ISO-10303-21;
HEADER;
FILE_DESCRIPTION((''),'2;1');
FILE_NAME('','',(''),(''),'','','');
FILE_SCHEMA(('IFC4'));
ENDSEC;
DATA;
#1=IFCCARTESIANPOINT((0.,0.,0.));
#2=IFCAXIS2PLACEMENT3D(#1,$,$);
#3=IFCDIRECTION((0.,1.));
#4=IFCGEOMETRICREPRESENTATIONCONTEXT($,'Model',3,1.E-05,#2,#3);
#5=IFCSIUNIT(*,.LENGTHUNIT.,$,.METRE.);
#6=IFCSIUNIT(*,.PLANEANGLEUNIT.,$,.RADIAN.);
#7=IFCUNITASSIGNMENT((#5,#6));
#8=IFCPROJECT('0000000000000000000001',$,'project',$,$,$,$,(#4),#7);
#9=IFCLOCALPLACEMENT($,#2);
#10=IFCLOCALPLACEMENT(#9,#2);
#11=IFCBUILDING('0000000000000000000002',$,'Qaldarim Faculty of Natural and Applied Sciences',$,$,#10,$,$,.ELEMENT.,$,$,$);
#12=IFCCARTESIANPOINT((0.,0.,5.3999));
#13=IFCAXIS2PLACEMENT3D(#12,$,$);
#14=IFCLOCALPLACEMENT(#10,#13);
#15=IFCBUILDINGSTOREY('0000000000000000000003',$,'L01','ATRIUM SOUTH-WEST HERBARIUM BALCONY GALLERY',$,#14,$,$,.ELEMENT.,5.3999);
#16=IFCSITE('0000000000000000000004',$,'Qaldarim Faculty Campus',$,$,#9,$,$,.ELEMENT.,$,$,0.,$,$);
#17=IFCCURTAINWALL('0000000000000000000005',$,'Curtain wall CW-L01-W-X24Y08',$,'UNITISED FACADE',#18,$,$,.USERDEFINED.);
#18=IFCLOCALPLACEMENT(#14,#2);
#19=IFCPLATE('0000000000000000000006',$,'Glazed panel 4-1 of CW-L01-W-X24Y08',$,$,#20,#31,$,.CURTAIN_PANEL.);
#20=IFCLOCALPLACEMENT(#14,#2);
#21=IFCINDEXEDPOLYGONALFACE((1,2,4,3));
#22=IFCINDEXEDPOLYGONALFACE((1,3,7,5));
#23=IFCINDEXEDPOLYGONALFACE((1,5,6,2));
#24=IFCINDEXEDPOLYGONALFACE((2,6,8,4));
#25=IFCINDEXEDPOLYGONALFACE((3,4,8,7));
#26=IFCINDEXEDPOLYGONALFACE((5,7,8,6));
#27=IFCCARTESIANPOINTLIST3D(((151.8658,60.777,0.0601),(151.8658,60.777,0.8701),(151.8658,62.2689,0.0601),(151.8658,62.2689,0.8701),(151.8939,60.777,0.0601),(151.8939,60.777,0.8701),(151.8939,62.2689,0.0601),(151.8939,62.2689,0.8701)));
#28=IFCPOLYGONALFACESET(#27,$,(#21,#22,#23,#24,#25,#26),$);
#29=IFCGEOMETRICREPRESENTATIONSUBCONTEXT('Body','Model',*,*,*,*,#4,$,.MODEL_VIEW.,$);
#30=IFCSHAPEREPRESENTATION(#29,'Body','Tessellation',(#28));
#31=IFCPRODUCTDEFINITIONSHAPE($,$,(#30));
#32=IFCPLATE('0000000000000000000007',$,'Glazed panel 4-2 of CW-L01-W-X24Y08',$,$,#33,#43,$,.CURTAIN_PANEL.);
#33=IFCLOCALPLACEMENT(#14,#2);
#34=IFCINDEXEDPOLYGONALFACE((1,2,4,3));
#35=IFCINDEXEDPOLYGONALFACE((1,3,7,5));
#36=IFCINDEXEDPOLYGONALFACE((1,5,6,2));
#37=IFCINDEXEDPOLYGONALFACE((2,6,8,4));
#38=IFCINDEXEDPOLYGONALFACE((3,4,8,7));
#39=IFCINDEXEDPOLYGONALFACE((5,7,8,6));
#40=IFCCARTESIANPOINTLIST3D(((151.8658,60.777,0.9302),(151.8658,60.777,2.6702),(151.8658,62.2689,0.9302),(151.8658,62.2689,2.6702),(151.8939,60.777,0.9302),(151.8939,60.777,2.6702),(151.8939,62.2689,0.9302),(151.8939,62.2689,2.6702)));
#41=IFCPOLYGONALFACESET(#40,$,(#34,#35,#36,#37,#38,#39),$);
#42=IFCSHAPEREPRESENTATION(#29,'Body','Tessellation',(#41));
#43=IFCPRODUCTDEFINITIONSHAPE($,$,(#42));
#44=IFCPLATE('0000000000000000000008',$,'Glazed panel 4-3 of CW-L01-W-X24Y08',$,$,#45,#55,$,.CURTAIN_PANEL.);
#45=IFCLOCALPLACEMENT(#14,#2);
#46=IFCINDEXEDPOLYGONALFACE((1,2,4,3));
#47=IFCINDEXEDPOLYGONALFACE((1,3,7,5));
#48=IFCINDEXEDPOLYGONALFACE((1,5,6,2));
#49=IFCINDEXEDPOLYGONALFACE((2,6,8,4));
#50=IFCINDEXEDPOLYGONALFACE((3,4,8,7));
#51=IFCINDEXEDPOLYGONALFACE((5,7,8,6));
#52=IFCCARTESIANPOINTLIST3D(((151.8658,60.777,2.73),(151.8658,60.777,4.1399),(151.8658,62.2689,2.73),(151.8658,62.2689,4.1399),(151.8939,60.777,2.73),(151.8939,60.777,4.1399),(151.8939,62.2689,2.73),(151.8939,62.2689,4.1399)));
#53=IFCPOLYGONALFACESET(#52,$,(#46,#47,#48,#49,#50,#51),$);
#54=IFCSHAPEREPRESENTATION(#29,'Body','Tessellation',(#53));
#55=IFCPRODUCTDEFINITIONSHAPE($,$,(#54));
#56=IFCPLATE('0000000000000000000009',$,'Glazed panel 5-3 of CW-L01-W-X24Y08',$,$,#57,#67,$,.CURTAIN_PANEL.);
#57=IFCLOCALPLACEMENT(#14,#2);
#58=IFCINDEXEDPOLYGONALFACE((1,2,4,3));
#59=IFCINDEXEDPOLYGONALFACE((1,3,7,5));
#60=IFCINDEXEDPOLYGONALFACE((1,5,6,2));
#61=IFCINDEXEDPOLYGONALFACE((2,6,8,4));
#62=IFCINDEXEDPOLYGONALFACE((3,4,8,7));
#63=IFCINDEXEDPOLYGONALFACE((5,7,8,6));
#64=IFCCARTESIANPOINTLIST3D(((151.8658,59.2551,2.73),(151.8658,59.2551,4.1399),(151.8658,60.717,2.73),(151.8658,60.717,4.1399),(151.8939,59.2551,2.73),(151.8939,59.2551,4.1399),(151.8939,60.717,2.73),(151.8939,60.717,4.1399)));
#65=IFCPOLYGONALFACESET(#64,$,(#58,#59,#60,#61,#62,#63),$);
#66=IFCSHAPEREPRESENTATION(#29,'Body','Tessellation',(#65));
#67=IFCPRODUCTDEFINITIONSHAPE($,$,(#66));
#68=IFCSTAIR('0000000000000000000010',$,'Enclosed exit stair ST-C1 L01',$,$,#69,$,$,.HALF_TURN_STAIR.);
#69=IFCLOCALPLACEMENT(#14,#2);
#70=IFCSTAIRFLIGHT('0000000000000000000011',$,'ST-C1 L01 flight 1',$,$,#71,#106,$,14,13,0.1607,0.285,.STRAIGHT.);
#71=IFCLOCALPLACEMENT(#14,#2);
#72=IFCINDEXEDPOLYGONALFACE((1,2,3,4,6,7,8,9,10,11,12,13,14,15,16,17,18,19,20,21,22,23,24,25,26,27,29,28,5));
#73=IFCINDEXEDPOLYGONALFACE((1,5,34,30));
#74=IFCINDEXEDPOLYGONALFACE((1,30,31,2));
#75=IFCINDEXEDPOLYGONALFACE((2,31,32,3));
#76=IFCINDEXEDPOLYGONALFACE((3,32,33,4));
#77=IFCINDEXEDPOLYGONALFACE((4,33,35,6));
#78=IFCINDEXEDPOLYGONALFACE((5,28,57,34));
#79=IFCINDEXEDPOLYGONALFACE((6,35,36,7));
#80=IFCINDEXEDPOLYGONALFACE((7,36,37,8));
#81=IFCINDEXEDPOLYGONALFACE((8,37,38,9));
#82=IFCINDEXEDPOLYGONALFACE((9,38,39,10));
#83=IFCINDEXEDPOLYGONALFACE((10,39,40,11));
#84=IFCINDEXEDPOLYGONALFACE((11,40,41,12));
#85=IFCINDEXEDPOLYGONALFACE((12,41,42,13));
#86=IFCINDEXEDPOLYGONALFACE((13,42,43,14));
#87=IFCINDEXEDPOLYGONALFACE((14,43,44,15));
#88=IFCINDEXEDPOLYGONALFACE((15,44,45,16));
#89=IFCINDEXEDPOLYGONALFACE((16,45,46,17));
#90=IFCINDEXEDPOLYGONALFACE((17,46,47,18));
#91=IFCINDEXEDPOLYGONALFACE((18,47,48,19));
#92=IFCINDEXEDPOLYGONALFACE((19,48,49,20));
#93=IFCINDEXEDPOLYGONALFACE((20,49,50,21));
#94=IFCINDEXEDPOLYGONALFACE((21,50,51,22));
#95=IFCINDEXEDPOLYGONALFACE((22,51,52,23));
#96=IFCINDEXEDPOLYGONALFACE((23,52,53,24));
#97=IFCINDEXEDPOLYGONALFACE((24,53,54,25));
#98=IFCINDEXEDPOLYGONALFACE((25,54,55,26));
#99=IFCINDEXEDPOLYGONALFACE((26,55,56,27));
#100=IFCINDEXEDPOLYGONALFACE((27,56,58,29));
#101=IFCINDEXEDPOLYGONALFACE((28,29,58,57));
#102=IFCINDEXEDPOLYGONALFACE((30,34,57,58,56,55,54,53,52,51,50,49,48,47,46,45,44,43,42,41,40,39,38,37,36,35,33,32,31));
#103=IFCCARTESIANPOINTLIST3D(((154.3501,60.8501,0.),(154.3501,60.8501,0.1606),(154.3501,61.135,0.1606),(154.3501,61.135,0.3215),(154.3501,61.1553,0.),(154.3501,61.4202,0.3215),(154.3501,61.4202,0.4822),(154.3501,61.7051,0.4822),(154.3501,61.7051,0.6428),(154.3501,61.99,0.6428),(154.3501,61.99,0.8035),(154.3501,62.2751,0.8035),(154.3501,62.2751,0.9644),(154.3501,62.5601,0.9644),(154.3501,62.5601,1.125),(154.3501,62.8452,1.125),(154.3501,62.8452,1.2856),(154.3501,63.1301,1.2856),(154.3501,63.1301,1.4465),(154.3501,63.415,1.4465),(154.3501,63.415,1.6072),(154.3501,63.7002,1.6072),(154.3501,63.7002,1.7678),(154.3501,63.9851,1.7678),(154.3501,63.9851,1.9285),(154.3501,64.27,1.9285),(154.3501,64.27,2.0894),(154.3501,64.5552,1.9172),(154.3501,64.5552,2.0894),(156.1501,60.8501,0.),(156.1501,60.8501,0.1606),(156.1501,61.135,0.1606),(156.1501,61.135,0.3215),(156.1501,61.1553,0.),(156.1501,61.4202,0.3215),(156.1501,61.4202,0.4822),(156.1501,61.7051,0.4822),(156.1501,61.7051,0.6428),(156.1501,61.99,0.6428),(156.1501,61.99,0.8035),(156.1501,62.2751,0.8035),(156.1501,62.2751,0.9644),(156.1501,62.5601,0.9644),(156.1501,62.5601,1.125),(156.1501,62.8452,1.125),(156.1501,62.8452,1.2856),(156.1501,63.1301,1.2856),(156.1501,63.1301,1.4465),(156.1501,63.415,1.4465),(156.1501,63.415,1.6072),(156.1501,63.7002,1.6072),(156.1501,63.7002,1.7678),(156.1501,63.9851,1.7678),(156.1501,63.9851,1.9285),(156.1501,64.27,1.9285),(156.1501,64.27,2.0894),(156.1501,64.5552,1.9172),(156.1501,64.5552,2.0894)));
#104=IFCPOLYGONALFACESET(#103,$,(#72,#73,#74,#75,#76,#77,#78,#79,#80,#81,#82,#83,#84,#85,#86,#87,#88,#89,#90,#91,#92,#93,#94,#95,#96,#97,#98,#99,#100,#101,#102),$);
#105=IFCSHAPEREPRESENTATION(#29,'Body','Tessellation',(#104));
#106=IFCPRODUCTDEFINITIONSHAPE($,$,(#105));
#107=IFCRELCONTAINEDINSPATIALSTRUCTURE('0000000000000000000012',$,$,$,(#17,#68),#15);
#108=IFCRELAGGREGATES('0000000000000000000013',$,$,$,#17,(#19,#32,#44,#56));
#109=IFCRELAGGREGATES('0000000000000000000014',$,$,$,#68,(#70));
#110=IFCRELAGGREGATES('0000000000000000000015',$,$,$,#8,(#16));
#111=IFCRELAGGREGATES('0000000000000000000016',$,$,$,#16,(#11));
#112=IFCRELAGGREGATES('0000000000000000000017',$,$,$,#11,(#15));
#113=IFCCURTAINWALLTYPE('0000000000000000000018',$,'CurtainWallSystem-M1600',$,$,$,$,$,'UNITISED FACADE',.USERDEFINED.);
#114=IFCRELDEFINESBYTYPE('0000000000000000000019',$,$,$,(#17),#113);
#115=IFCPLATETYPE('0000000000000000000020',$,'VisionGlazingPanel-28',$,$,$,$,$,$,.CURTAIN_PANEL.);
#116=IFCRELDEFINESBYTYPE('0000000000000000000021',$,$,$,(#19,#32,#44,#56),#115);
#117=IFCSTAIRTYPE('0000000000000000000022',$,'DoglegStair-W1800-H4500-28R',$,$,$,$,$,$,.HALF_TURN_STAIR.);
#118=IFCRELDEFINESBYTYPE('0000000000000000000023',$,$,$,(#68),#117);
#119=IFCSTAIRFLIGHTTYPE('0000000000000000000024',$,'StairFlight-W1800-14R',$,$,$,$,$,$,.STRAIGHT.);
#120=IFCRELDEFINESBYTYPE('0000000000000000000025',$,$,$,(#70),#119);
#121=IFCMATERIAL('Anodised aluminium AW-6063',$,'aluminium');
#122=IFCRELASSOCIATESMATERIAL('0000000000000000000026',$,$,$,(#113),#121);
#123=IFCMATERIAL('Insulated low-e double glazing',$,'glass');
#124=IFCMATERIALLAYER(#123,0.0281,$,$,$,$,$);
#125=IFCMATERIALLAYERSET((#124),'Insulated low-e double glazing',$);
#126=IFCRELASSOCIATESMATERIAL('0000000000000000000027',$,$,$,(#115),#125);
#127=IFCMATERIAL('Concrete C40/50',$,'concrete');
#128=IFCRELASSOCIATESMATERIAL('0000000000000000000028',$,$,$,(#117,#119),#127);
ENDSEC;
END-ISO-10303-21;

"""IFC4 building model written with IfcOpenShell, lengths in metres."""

from ifc_helpers import new_model, si_unit, direction, frame, origin, origin_2d, place, context, subcontext, project, spatial, polyline, rectangle, outline, extrude, material, layer, layer_set, type_object, element, aggregate, save


model = new_model("IFC4")

# Units and contexts
model_context = context("Model", 3, precision=1e-05, world=origin(), true_north=direction((0.0, 1.0)))
body_context = subcontext(model_context, "Body", "Model", "MODEL_VIEW")
ifc_project = project(units=[si_unit("LENGTHUNIT", "METRE"), si_unit("PLANEANGLEUNIT", "RADIAN")], contexts=[model_context])

# Site, building, storey
site_placement = place(None, origin())
site = spatial("IfcSite", under=ifc_project, at=site_placement, Name="Qaldarim Faculty Campus", CompositionType="ELEMENT", RefElevation=0.0)
building_placement = place(site_placement, origin())
building = spatial("IfcBuilding", under=site, at=building_placement, Name="Qaldarim Faculty of Natural and Applied Sciences", CompositionType="ELEMENT")
storey_placement = place(building_placement, frame((0.0, 0.0, 5.3999)))
storey = spatial("IfcBuildingStorey", under=building, at=storey_placement, Name="L01", Description="ATRIUM SOUTH-WEST HERBARIUM BALCONY GALLERY", CompositionType="ELEMENT", Elevation=5.3999)

# Shared definitions
ifc_material_1 = material(Name="Concrete C40/50", Category="concrete")

# Curtain wall, plates
ifc_material_2 = material(Name="Anodised aluminium AW-6063", Category="aluminium")
curtain_wall_type = type_object("IfcCurtainWallType", Name="CurtainWallSystem-M1600", ElementType="UNITISED FACADE", PredefinedType="USERDEFINED", material=ifc_material_2)
curtain_wall_placement = place(storey_placement, origin())
curtain_wall = element("IfcCurtainWall", 1, at=curtain_wall_placement, inside=storey, type_object=curtain_wall_type, Name="Curtain wall CW-L01-W-X24Y08", ObjectType="UNITISED FACADE", PredefinedType="USERDEFINED")
ifc_material_3 = material(Name="Insulated low-e double glazing", Category="glass")
ifc_layer_1 = layer(ifc_material_3, 0.0281)
ifc_layer_set_1 = layer_set([ifc_layer_1], Name="Insulated low-e double glazing")
plate_type = type_object("IfcPlateType", Name="VisionGlazingPanel-28", PredefinedType="CURTAIN_PANEL", material=ifc_layer_set_1)
plate_1_placement = place(storey_placement, frame((151.8799, 61.5229, 0.0601), z_axis=(0.0, 0.0, 1.0), x_axis=(0.0, -1.0, 0.0)))
plate_1 = element("IfcPlate", 2, at=plate_1_placement, type_object=plate_type, Name="Glazed panel 4-1 of CW-L01-W-X24Y08", PredefinedType="CURTAIN_PANEL", context=body_context, shape_type="SweptSolid", body=[
    extrude(rectangle(XDim=1.4919, YDim=0.0281, at=origin_2d()), origin(), (0.0, 0.0, 1.0), 0.8101),
])
plate_2_placement = place(storey_placement, frame((151.8799, 61.5229, 0.9302), z_axis=(0.0, 0.0, 1.0), x_axis=(0.0, -1.0, 0.0)))
plate_2 = element("IfcPlate", 3, at=plate_2_placement, type_object=plate_type, Name="Glazed panel 4-2 of CW-L01-W-X24Y08", PredefinedType="CURTAIN_PANEL", context=body_context, shape_type="SweptSolid", body=[
    extrude(rectangle(XDim=1.4919, YDim=0.0281, at=origin_2d()), origin(), (0.0, 0.0, 1.0), 1.74),
])
plate_3_placement = place(storey_placement, frame((151.8799, 61.5229, 2.73), z_axis=(0.0, 0.0, 1.0), x_axis=(0.0, -1.0, 0.0)))
plate_3 = element("IfcPlate", 4, at=plate_3_placement, type_object=plate_type, Name="Glazed panel 4-3 of CW-L01-W-X24Y08", PredefinedType="CURTAIN_PANEL", context=body_context, shape_type="SweptSolid", body=[
    extrude(rectangle(XDim=1.4919, YDim=0.0281, at=origin_2d()), origin(), (0.0, 0.0, 1.0), 1.4099),
])
plate_4_placement = place(storey_placement, frame((151.8799, 59.9861, 2.73), z_axis=(0.0, 0.0, 1.0), x_axis=(0.0, -1.0, 0.0)))
plate_4 = element("IfcPlate", 5, at=plate_4_placement, type_object=plate_type, Name="Glazed panel 5-3 of CW-L01-W-X24Y08", PredefinedType="CURTAIN_PANEL", context=body_context, shape_type="SweptSolid", body=[
    extrude(rectangle(XDim=1.4619, YDim=0.0281, at=origin_2d()), origin(), (0.0, 0.0, 1.0), 1.4099),
])
aggregate(curtain_wall, [plate_1, plate_2, plate_3, plate_4])

# Stair, stair flight
stair_type = type_object("IfcStairType", Name="DoglegStair-W1800-H4500-28R", PredefinedType="HALF_TURN_STAIR", material=ifc_material_1)
stair_placement = place(storey_placement, origin())
stair = element("IfcStair", 6, at=stair_placement, inside=storey, type_object=stair_type, Name="Enclosed exit stair ST-C1 L01", PredefinedType="HALF_TURN_STAIR")
stair_flight_type = type_object("IfcStairFlightType", Name="StairFlight-W1800-14R", PredefinedType="STRAIGHT", material=ifc_material_1)
stair_flight_placement = place(storey_placement, frame((155.25, 60.8501, 0.0), z_axis=(0.0, 0.0, 1.0), x_axis=(0.0, 1.0, 0.0)))
stair_flight = element("IfcStairFlight", 7, at=stair_flight_placement, type_object=stair_flight_type, Name="ST-C1 L01 flight 1", NumberOfRisers=14, NumberOfTreads=13, PredefinedType="STRAIGHT", RiserHeight=0.1607, TreadLength=0.285, context=body_context, shape_type="SweptSolid", body=[
    extrude(outline(polyline([(0.0, 0.0), (0.0, 0.1606), (0.2849, 0.1606), (0.2849, 0.3215), (0.5701, 0.3215), (0.5701, 0.4822), (0.855, 0.4822), (0.855, 0.6428), (1.1399, 0.6428), (1.1399, 0.8035), (1.425, 0.8035), (1.425, 0.9644), (1.71, 0.9644), (1.71, 1.125), (1.9951, 1.125), (1.9951, 1.2856), (2.28, 1.2856), (2.28, 1.4465), (2.5649, 1.4465), (2.5649, 1.6072), (2.8501, 1.6072), (2.8501, 1.7678), (3.135, 1.7678), (3.135, 1.9285), (3.4199, 1.9285), (3.4199, 2.0894), (3.7051, 2.0894), (3.7051, 2.25), (3.7051, 1.9172), (0.3052, 0.0), (0.0, 0.0)])), frame((0.0, 0.8999, 0.0), z_axis=(0.0, -1.0, 0.0), x_axis=(1.0, 0.0, 0.0)), (0.0, 0.0, 1.0), 1.8),
])
aggregate(stair, [stair_flight])

save(model, "model.ifc")
